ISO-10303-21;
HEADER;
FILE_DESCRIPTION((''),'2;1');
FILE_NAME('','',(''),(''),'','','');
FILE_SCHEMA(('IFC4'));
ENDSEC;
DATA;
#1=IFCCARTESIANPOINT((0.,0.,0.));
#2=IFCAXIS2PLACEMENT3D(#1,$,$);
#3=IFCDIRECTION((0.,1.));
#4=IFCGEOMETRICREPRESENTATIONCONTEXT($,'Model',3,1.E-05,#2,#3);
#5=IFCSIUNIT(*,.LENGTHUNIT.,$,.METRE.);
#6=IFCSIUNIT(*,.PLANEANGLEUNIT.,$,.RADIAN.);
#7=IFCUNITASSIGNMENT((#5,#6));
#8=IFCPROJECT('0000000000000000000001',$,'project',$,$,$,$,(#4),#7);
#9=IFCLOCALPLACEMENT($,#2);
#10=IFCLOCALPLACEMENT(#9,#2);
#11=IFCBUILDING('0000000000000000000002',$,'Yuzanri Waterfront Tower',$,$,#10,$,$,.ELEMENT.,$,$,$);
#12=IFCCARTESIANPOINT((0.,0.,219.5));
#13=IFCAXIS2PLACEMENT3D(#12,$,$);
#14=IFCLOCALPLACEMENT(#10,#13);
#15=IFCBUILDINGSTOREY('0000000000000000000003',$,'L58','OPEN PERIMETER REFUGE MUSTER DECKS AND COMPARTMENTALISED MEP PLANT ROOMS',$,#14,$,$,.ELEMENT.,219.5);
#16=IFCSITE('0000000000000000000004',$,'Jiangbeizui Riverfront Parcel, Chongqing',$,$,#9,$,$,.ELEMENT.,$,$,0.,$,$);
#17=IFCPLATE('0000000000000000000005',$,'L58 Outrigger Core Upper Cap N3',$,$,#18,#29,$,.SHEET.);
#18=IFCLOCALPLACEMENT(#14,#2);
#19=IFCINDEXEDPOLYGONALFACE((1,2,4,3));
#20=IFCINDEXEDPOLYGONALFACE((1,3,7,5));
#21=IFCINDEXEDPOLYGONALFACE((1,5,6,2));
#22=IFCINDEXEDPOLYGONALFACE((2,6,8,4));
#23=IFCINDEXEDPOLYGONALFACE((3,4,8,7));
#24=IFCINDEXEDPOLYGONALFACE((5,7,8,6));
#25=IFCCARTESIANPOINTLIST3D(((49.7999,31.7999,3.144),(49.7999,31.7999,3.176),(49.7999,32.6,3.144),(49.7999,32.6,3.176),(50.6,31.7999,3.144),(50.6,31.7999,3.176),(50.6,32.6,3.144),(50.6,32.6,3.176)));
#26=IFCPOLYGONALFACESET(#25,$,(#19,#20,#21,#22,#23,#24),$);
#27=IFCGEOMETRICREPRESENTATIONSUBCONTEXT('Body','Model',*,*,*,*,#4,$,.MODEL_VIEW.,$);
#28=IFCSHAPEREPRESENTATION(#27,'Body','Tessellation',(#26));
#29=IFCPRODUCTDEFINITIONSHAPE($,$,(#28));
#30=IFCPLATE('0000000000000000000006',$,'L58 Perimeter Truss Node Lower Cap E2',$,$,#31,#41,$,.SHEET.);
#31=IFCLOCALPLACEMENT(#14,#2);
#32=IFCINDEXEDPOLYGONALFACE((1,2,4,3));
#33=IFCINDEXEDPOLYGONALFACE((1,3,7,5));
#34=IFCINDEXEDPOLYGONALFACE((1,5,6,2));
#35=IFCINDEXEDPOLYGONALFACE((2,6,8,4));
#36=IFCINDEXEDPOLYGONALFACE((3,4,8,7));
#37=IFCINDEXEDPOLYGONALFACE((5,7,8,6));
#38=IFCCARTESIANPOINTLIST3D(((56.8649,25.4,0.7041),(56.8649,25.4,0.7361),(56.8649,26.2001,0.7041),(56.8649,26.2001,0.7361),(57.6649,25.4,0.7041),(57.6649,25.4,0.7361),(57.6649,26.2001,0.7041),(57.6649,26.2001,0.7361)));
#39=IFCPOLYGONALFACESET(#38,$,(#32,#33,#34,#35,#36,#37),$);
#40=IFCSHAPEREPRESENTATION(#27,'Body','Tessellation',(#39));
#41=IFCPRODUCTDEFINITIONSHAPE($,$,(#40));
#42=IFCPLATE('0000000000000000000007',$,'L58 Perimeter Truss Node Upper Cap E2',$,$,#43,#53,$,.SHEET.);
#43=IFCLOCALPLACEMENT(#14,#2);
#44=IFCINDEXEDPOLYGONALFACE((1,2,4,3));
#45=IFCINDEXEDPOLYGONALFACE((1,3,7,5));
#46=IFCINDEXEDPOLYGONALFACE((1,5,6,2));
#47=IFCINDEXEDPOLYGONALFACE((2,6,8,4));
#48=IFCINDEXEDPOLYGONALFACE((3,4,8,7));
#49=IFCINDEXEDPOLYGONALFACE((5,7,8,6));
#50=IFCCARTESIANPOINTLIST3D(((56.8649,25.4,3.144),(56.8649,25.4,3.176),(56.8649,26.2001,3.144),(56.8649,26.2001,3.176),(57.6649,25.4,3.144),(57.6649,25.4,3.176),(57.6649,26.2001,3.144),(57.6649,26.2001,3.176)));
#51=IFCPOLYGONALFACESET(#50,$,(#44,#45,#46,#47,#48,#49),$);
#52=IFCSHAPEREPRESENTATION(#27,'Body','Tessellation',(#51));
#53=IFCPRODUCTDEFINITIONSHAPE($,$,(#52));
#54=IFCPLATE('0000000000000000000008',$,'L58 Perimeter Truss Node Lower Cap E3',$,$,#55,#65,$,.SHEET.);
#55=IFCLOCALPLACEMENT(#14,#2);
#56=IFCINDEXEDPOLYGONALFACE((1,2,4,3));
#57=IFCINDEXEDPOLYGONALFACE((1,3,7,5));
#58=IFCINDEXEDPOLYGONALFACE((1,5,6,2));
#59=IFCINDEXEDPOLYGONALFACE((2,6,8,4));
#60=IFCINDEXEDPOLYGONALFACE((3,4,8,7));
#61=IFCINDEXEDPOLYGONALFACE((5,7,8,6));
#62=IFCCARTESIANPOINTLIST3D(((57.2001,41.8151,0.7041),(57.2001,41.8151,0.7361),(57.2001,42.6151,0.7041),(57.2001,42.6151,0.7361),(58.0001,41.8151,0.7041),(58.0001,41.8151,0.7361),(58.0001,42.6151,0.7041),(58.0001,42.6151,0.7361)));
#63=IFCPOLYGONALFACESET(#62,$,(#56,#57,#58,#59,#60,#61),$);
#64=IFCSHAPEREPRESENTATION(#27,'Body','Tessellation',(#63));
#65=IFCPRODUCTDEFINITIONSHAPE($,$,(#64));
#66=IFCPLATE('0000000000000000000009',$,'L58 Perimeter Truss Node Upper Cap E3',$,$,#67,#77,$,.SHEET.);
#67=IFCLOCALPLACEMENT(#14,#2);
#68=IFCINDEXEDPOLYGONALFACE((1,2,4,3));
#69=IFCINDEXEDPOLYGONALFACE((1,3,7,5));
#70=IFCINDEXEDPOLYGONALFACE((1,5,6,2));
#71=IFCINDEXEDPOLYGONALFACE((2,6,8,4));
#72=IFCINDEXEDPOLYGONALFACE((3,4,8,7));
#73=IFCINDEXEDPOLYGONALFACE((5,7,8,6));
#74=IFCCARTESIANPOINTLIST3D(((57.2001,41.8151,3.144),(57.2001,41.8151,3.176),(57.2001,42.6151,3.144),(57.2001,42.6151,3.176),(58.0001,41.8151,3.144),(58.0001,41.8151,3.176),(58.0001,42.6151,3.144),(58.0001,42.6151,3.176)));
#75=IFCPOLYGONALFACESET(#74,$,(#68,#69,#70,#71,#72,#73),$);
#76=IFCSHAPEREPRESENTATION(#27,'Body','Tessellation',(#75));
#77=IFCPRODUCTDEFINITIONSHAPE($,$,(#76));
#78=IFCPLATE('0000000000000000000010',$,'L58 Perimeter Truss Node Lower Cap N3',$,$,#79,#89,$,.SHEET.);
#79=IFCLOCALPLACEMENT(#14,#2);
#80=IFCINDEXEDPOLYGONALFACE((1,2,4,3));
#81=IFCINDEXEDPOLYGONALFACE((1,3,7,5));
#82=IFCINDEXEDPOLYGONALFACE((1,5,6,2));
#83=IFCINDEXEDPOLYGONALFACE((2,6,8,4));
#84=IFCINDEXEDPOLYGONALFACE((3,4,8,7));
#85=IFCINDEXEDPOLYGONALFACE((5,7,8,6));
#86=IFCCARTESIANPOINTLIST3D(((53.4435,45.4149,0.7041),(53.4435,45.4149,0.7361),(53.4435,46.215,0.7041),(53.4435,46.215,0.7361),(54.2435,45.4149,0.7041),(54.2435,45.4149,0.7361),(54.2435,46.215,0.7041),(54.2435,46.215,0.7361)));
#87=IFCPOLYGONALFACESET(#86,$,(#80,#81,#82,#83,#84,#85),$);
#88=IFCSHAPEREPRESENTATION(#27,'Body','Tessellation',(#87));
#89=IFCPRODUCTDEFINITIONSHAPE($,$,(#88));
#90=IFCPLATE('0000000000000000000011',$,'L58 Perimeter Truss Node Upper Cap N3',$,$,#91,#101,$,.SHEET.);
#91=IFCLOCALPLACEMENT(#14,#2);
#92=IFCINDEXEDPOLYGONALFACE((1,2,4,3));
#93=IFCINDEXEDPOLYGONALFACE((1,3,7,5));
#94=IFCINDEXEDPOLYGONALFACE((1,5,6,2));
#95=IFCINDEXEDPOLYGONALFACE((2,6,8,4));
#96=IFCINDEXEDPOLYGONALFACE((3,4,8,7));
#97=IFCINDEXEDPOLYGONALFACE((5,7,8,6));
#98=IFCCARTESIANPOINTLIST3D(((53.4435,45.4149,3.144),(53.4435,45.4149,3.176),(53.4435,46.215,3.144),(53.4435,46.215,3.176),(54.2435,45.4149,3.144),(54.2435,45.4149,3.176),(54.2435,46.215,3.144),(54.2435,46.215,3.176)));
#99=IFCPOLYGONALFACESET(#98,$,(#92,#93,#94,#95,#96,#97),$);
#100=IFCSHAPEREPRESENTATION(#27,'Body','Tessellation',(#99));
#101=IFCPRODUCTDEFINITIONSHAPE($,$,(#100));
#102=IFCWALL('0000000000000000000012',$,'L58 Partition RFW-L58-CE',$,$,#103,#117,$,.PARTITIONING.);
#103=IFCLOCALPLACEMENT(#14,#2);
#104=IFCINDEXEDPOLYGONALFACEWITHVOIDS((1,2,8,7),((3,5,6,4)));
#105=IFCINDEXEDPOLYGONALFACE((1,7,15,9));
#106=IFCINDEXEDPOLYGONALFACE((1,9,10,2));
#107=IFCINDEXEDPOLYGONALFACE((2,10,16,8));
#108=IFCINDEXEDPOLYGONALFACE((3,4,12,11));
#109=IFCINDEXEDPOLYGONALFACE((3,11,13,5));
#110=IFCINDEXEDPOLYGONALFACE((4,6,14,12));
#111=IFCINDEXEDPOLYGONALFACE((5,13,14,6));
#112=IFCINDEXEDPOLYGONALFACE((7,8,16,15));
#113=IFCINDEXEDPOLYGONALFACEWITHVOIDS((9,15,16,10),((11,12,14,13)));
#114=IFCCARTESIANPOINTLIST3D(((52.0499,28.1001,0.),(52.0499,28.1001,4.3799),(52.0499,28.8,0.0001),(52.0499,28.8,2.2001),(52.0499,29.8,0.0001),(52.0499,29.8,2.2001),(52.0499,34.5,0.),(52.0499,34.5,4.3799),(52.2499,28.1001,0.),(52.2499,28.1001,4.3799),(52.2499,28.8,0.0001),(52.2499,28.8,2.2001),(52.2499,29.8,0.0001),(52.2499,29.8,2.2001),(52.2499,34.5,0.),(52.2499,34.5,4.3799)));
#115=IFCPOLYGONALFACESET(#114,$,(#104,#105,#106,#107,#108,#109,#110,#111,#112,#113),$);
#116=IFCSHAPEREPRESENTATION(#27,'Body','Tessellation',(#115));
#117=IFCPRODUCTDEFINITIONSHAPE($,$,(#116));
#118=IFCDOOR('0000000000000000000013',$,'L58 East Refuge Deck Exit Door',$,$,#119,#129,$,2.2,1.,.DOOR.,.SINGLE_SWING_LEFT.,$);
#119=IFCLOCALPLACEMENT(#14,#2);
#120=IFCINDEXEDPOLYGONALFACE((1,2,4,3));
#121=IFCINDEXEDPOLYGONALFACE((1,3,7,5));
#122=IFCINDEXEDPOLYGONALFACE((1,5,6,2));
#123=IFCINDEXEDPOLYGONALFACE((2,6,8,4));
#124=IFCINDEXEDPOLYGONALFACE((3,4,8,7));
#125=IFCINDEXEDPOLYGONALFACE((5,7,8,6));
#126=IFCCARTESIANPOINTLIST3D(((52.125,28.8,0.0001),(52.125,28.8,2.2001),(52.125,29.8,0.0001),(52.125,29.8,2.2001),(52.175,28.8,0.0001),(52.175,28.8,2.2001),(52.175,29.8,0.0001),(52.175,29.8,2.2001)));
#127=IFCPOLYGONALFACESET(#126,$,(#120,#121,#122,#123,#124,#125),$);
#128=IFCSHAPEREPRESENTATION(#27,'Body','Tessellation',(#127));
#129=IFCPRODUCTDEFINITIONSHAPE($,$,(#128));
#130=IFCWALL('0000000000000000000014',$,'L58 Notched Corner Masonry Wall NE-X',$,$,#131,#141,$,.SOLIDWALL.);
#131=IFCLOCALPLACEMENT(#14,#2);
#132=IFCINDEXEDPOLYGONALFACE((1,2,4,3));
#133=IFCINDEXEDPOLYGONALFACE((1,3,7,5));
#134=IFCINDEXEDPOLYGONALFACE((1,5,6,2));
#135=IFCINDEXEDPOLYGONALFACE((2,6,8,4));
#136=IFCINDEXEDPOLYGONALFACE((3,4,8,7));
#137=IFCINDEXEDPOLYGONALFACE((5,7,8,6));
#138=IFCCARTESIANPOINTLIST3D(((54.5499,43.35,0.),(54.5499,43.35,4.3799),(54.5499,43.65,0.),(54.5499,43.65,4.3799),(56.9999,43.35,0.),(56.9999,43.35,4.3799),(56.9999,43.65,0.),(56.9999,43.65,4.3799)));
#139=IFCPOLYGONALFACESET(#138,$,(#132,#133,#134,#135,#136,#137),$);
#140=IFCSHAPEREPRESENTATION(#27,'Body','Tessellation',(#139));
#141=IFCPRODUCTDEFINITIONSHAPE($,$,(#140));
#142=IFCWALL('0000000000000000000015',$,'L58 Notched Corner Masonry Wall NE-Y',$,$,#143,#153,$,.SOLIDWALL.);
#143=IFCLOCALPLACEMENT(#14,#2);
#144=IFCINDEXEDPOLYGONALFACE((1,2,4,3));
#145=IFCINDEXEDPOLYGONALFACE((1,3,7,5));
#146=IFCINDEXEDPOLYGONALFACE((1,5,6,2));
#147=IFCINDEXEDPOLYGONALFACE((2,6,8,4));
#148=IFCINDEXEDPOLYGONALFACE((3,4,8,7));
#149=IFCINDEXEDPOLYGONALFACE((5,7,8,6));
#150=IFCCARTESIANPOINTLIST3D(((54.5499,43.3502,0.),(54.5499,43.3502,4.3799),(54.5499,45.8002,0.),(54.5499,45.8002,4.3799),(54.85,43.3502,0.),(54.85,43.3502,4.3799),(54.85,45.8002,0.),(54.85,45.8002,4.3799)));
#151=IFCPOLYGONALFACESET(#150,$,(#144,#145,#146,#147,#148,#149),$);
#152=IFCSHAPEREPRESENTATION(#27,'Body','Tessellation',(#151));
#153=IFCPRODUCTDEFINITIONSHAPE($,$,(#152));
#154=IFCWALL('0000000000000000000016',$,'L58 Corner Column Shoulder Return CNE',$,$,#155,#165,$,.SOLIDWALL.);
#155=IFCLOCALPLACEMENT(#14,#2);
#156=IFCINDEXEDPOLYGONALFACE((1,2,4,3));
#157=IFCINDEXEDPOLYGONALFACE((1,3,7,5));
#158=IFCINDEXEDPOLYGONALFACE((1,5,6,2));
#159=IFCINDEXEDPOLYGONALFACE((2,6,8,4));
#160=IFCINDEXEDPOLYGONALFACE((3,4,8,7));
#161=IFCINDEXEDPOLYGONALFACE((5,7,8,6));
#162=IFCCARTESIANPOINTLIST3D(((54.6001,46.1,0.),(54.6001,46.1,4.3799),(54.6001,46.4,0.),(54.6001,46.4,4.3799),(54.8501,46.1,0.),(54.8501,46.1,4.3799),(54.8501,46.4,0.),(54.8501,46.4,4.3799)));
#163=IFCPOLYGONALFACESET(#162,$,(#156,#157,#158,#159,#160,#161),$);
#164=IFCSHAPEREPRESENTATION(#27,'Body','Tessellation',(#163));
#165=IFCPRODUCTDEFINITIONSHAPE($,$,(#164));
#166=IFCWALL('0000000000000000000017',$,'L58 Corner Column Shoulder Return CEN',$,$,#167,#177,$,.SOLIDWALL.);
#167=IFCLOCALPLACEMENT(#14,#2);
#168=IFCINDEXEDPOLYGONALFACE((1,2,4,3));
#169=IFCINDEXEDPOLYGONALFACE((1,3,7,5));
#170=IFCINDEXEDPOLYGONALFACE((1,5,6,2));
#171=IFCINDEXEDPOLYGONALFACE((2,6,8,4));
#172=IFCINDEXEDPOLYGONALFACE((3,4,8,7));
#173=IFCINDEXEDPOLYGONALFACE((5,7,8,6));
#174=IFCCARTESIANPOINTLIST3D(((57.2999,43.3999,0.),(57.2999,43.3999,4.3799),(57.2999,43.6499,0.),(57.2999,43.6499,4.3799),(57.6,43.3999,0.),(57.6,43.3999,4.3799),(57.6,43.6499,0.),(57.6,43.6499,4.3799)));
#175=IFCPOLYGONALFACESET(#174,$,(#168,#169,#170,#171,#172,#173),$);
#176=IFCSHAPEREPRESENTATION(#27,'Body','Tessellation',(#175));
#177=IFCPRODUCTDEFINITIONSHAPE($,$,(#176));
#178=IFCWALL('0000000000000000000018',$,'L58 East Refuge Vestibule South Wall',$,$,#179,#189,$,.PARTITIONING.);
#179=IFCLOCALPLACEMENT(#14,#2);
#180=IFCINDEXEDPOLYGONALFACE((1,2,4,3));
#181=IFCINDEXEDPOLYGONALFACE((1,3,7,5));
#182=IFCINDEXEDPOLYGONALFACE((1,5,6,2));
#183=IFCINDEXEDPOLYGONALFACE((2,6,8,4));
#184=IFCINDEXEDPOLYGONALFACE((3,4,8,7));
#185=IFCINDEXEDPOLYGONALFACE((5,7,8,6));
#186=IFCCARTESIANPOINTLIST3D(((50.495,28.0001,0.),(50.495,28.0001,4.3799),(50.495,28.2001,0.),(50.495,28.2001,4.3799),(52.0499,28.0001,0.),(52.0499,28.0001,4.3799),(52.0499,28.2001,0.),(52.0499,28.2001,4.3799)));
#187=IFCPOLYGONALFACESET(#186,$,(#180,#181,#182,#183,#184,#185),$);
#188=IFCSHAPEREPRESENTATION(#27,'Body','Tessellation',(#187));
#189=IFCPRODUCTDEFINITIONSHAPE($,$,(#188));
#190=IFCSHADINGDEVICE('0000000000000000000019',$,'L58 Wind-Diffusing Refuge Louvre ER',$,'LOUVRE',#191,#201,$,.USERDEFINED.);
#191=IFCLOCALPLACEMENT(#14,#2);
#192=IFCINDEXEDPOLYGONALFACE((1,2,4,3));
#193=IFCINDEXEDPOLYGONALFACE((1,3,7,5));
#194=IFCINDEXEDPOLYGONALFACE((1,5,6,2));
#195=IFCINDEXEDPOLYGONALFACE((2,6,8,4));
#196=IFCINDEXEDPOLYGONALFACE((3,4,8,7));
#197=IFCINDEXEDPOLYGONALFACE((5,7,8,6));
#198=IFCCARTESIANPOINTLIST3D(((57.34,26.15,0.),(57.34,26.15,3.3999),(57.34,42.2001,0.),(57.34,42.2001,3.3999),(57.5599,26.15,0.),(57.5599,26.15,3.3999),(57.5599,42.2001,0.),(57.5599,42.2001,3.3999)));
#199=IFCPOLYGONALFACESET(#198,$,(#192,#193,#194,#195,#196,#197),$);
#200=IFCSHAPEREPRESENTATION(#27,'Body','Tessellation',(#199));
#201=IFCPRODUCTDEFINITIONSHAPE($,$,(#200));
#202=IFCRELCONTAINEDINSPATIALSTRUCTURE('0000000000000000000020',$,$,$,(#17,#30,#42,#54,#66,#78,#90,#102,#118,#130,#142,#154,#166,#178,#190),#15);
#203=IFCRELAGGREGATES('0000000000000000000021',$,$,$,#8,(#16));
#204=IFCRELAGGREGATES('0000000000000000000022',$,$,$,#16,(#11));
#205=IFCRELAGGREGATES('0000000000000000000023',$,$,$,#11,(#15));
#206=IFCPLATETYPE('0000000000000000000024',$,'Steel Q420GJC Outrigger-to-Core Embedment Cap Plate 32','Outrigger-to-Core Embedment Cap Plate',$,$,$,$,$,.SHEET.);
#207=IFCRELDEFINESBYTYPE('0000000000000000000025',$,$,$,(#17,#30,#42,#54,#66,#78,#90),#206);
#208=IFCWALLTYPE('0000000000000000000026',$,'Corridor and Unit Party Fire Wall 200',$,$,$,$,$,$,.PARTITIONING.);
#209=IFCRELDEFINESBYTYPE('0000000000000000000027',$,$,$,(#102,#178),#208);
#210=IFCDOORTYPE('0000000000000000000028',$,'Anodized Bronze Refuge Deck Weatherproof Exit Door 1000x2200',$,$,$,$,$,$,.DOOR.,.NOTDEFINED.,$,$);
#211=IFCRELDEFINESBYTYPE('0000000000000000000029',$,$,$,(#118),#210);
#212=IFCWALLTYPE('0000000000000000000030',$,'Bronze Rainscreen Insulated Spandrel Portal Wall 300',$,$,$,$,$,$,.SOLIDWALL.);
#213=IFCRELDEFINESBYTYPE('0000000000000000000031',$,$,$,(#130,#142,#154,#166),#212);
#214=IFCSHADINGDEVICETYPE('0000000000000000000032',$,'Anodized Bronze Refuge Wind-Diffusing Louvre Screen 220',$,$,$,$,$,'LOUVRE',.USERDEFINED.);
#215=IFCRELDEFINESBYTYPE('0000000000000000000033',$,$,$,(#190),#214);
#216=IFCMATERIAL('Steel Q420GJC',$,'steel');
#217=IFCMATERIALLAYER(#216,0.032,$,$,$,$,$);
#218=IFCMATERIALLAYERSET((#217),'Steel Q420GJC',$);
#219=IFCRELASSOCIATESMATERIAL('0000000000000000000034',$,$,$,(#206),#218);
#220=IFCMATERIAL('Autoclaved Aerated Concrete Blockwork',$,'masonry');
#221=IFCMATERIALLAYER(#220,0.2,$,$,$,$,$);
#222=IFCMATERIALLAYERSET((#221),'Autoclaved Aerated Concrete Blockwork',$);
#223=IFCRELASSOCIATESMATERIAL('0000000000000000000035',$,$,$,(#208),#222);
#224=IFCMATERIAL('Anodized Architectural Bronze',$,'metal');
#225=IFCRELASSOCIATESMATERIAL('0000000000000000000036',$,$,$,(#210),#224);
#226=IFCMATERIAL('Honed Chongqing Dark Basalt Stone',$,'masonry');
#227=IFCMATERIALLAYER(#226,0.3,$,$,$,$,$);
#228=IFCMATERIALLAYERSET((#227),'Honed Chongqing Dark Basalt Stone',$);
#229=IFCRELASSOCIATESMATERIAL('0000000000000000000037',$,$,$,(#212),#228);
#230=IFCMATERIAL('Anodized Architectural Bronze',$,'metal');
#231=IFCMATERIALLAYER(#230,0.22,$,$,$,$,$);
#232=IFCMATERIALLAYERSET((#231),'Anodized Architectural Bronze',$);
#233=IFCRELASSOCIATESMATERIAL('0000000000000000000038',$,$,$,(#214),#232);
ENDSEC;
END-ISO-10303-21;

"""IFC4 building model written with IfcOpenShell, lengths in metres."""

from ifc_helpers import new_model, si_unit, direction, frame, frame_2d, origin, origin_2d, place, context, subcontext, project, spatial, rectangle, extrude, source, transform, mapped, material, layer, layer_set, type_object, element, fill, save


model = new_model("IFC4")

# Units and contexts
model_context = context("Model", 3, precision=1e-05, world=origin(), true_north=direction((0.0, 1.0)))
body_context = subcontext(model_context, "Body", "Model", "MODEL_VIEW")
ifc_project = project(units=[si_unit("LENGTHUNIT", "METRE"), si_unit("PLANEANGLEUNIT", "RADIAN")], contexts=[model_context])

# Site, building, storey
site_placement = place(None, origin())
site = spatial("IfcSite", under=ifc_project, at=site_placement, Name="Jiangbeizui Riverfront Parcel, Chongqing", CompositionType="ELEMENT", RefElevation=0.0)
building_placement = place(site_placement, origin())
building = spatial("IfcBuilding", under=site, at=building_placement, Name="Yuzanri Waterfront Tower", CompositionType="ELEMENT")
storey_placement = place(building_placement, frame((0.0, 0.0, 219.5)))
storey = spatial("IfcBuildingStorey", under=building, at=storey_placement, Name="L58", Description="OPEN PERIMETER REFUGE MUSTER DECKS AND COMPARTMENTALISED MEP PLANT ROOMS", CompositionType="ELEMENT", Elevation=219.5)

# Plates
ifc_material_1 = material(Name="Steel Q420GJC", Category="steel")
ifc_layer_1 = layer(ifc_material_1, 0.032)
ifc_layer_set_1 = layer_set([ifc_layer_1], Name="Steel Q420GJC")
plate_type_1 = type_object("IfcPlateType", Name="Steel Q420GJC Outrigger-to-Core Embedment Cap Plate 32", Description="Outrigger-to-Core Embedment Cap Plate", PredefinedType="SHEET", material=ifc_layer_set_1)
shared_shape_1 = source(origin(), body_context, "Body", "SweptSolid", [
    extrude(rectangle(XDim=0.8, YDim=0.8, at=origin_2d()), origin(), (0.0, 0.0, 1.0), 0.032),
])
for number, where, z_axis, x_axis, name in (
    (1, (50.2, 32.2, 3.144), (0.0, 0.0, 1.0), (1.0, 0.0, 0.0), "L58 Outrigger Core Upper Cap N3"),
    (2, (57.2649, 25.8, 0.7041), (0.0, 0.0, 1.0), (1.0, 0.0, 0.0), "L58 Perimeter Truss Node Lower Cap E2"),
    (3, (57.2649, 25.8, 3.144), (0.0, 0.0, 1.0), (1.0, 0.0, 0.0), "L58 Perimeter Truss Node Upper Cap E2"),
    (4, (57.6001, 42.2151, 0.7041), (0.0, 0.0, 1.0), (1.0, 0.0, 0.0), "L58 Perimeter Truss Node Lower Cap E3"),
    (5, (57.6001, 42.2151, 3.144), (0.0, 0.0, 1.0), (1.0, 0.0, 0.0), "L58 Perimeter Truss Node Upper Cap E3"),
    (6, (53.8435, 45.8149, 0.7041), (0.0, 0.0, 1.0), (1.0, 0.0, 0.0), "L58 Perimeter Truss Node Lower Cap N3"),
    (7, (53.8435, 45.8149, 3.144), (0.0, 0.0, 1.0), (1.0, 0.0, 0.0), "L58 Perimeter Truss Node Upper Cap N3"),
):
    element("IfcPlate", number, at=place(storey_placement, frame(where, z_axis=z_axis, x_axis=x_axis)), inside=storey, type_object=plate_type_1, Name=name, PredefinedType="SHEET", context=body_context, shape_type="MappedRepresentation", body=[
        mapped(shared_shape_1, transform((0.0, 0.0, 0.0), scale=1.0)),
    ])

# Wall, opening, door
ifc_material_2 = material(Name="Autoclaved Aerated Concrete Blockwork", Category="masonry")
ifc_layer_2 = layer(ifc_material_2, 0.2)
ifc_layer_set_2 = layer_set([ifc_layer_2], Name="Autoclaved Aerated Concrete Blockwork")
wall_type_1 = type_object("IfcWallType", Name="Corridor and Unit Party Fire Wall 200", PredefinedType="PARTITIONING", material=ifc_layer_set_2)
wall_1_placement = place(storey_placement, frame((52.1499, 28.1001, 0.0), z_axis=(0.0, 0.0, 1.0), x_axis=(0.0, 1.0, 0.0)))
wall_1 = element("IfcWall", 8, at=wall_1_placement, inside=storey, type_object=wall_type_1, Name="L58 Partition RFW-L58-CE", PredefinedType="PARTITIONING", context=body_context, shape_type="SweptSolid", body=[
    extrude(rectangle(XDim=6.3999, YDim=0.2, at=frame_2d((3.2, 0.0))), origin(), (0.0, 0.0, 1.0), 4.3799),
])
opening_placement = place(wall_1_placement, frame((0.7, 0.0, 0.0)))
opening = element("IfcOpeningElement", 9, at=opening_placement, cuts=wall_1, PredefinedType="OPENING", context=body_context, shape_type="SweptSolid", body=[
    extrude(rectangle(XDim=1.0, YDim=2.2, at=frame_2d((0.5, 1.1001))), frame((0.0, 0.1147, 0.0), z_axis=(0.0, -1.0, 0.0), x_axis=(1.0, 0.0, 0.0)), (0.0, 0.0, 1.0), 0.2297),
])
ifc_material_3 = material(Name="Anodized Architectural Bronze", Category="metal")
door_type = type_object("IfcDoorType", Name="Anodized Bronze Refuge Deck Weatherproof Exit Door 1000x2200", OperationType="NOTDEFINED", PredefinedType="DOOR", material=ifc_material_3)
shared_shape_2 = source(origin(), body_context, "Body", "SweptSolid", [
    extrude(rectangle(XDim=1.0, YDim=2.2, at=frame_2d((0.5, 1.1001))), frame((0.0, 0.0249, 0.0), z_axis=(0.0, -1.0, 0.0), x_axis=(1.0, 0.0, 0.0)), (0.0, 0.0, 1.0), 0.05),
])
door_placement = place(opening_placement, origin())
door = element("IfcDoor", 10, at=door_placement, inside=storey, type_object=door_type, Name="L58 East Refuge Deck Exit Door", OperationType="SINGLE_SWING_LEFT", OverallHeight=2.2, OverallWidth=1.0, PredefinedType="DOOR", context=body_context, shape_type="MappedRepresentation", body=[
    mapped(shared_shape_2, transform((0.0, 0.0, 0.0), scale=1.0)),
])
fill(opening, door)

# Walls
ifc_material_4 = material(Name="Honed Chongqing Dark Basalt Stone", Category="masonry")
ifc_layer_3 = layer(ifc_material_4, 0.3)
ifc_layer_set_3 = layer_set([ifc_layer_3], Name="Honed Chongqing Dark Basalt Stone")
wall_type_2 = type_object("IfcWallType", Name="Bronze Rainscreen Insulated Spandrel Portal Wall 300", PredefinedType="SOLIDWALL", material=ifc_layer_set_3)
shared_shape_3 = source(origin(), body_context, "Body", "SweptSolid", [
    extrude(rectangle(XDim=2.45, YDim=0.3, at=frame_2d((1.2251, 0.0))), origin(), (0.0, 0.0, 1.0), 4.3799),
])
for number, where, z_axis, x_axis, name in (
    (11, (57.0, 43.5, 0.0), (0.0, 0.0, 1.0), (-1.0, 0.0, 0.0), "L58 Notched Corner Masonry Wall NE-X"),
    (12, (54.7, 43.3501, 0.0), (0.0, 0.0, 1.0), (0.0, 1.0, 0.0), "L58 Notched Corner Masonry Wall NE-Y"),
):
    element("IfcWall", number, at=place(storey_placement, frame(where, z_axis=z_axis, x_axis=x_axis)), inside=storey, type_object=wall_type_2, Name=name, PredefinedType="SOLIDWALL", context=body_context, shape_type="MappedRepresentation", body=[
        mapped(shared_shape_3, transform((0.0, 0.0, 0.0), scale=1.0)),
    ])
shared_shape_4 = source(origin(), body_context, "Body", "SweptSolid", [
    extrude(rectangle(XDim=0.25, YDim=0.3, at=frame_2d((0.125, 0.0))), origin(), (0.0, 0.0, 1.0), 4.3799),
])
for number, where, z_axis, x_axis, name in (
    (13, (54.6001, 46.25, 0.0), (0.0, 0.0, 1.0), (1.0, 0.0, 0.0), "L58 Corner Column Shoulder Return CNE"),
    (14, (57.45, 43.3999, 0.0), (0.0, 0.0, 1.0), (0.0, 1.0, 0.0), "L58 Corner Column Shoulder Return CEN"),
):
    element("IfcWall", number, at=place(storey_placement, frame(where, z_axis=z_axis, x_axis=x_axis)), inside=storey, type_object=wall_type_2, Name=name, PredefinedType="SOLIDWALL", context=body_context, shape_type="MappedRepresentation", body=[
        mapped(shared_shape_4, transform((0.0, 0.0, 0.0), scale=1.0)),
    ])
shared_shape_5 = source(origin(), body_context, "Body", "SweptSolid", [
    extrude(rectangle(XDim=1.5549, YDim=0.2, at=frame_2d((0.7773, 0.0))), origin(), (0.0, 0.0, 1.0), 4.3799),
])
wall_2_placement = place(storey_placement, frame((50.4951, 28.1001, 0.0), z_axis=(0.0, 0.0, 1.0), x_axis=(1.0, 0.0, 0.0)))
element("IfcWall", 15, at=wall_2_placement, inside=storey, type_object=wall_type_1, Name="L58 East Refuge Vestibule South Wall", PredefinedType="PARTITIONING", context=body_context, shape_type="MappedRepresentation", body=[
    mapped(shared_shape_5, transform((0.0, 0.0, 0.0), scale=1.0)),
])

# Shading device
ifc_material_5 = material(Name="Anodized Architectural Bronze", Category="metal")
ifc_layer_4 = layer(ifc_material_5, 0.22)
ifc_layer_set_4 = layer_set([ifc_layer_4], Name="Anodized Architectural Bronze")
shading_device_type = type_object("IfcShadingDeviceType", Name="Anodized Bronze Refuge Wind-Diffusing Louvre Screen 220", ElementType="LOUVRE", PredefinedType="USERDEFINED", material=ifc_layer_set_4)
shared_shape_6 = source(origin(), body_context, "Body", "SweptSolid", [
    extrude(rectangle(XDim=0.22, YDim=16.05, at=origin_2d()), origin(), (0.0, 0.0, 1.0), 3.3999),
])
shading_device_placement = place(storey_placement, frame((57.45, 34.175, 0.0), z_axis=(0.0, 0.0, 1.0), x_axis=(1.0, 0.0, 0.0)))
element("IfcShadingDevice", 16, at=shading_device_placement, inside=storey, type_object=shading_device_type, Name="L58 Wind-Diffusing Refuge Louvre ER", ObjectType="LOUVRE", PredefinedType="USERDEFINED", context=body_context, shape_type="MappedRepresentation", body=[
    mapped(shared_shape_6, transform((0.0, 0.0, 0.0), scale=1.0)),
])

save(model, "model.ifc")
